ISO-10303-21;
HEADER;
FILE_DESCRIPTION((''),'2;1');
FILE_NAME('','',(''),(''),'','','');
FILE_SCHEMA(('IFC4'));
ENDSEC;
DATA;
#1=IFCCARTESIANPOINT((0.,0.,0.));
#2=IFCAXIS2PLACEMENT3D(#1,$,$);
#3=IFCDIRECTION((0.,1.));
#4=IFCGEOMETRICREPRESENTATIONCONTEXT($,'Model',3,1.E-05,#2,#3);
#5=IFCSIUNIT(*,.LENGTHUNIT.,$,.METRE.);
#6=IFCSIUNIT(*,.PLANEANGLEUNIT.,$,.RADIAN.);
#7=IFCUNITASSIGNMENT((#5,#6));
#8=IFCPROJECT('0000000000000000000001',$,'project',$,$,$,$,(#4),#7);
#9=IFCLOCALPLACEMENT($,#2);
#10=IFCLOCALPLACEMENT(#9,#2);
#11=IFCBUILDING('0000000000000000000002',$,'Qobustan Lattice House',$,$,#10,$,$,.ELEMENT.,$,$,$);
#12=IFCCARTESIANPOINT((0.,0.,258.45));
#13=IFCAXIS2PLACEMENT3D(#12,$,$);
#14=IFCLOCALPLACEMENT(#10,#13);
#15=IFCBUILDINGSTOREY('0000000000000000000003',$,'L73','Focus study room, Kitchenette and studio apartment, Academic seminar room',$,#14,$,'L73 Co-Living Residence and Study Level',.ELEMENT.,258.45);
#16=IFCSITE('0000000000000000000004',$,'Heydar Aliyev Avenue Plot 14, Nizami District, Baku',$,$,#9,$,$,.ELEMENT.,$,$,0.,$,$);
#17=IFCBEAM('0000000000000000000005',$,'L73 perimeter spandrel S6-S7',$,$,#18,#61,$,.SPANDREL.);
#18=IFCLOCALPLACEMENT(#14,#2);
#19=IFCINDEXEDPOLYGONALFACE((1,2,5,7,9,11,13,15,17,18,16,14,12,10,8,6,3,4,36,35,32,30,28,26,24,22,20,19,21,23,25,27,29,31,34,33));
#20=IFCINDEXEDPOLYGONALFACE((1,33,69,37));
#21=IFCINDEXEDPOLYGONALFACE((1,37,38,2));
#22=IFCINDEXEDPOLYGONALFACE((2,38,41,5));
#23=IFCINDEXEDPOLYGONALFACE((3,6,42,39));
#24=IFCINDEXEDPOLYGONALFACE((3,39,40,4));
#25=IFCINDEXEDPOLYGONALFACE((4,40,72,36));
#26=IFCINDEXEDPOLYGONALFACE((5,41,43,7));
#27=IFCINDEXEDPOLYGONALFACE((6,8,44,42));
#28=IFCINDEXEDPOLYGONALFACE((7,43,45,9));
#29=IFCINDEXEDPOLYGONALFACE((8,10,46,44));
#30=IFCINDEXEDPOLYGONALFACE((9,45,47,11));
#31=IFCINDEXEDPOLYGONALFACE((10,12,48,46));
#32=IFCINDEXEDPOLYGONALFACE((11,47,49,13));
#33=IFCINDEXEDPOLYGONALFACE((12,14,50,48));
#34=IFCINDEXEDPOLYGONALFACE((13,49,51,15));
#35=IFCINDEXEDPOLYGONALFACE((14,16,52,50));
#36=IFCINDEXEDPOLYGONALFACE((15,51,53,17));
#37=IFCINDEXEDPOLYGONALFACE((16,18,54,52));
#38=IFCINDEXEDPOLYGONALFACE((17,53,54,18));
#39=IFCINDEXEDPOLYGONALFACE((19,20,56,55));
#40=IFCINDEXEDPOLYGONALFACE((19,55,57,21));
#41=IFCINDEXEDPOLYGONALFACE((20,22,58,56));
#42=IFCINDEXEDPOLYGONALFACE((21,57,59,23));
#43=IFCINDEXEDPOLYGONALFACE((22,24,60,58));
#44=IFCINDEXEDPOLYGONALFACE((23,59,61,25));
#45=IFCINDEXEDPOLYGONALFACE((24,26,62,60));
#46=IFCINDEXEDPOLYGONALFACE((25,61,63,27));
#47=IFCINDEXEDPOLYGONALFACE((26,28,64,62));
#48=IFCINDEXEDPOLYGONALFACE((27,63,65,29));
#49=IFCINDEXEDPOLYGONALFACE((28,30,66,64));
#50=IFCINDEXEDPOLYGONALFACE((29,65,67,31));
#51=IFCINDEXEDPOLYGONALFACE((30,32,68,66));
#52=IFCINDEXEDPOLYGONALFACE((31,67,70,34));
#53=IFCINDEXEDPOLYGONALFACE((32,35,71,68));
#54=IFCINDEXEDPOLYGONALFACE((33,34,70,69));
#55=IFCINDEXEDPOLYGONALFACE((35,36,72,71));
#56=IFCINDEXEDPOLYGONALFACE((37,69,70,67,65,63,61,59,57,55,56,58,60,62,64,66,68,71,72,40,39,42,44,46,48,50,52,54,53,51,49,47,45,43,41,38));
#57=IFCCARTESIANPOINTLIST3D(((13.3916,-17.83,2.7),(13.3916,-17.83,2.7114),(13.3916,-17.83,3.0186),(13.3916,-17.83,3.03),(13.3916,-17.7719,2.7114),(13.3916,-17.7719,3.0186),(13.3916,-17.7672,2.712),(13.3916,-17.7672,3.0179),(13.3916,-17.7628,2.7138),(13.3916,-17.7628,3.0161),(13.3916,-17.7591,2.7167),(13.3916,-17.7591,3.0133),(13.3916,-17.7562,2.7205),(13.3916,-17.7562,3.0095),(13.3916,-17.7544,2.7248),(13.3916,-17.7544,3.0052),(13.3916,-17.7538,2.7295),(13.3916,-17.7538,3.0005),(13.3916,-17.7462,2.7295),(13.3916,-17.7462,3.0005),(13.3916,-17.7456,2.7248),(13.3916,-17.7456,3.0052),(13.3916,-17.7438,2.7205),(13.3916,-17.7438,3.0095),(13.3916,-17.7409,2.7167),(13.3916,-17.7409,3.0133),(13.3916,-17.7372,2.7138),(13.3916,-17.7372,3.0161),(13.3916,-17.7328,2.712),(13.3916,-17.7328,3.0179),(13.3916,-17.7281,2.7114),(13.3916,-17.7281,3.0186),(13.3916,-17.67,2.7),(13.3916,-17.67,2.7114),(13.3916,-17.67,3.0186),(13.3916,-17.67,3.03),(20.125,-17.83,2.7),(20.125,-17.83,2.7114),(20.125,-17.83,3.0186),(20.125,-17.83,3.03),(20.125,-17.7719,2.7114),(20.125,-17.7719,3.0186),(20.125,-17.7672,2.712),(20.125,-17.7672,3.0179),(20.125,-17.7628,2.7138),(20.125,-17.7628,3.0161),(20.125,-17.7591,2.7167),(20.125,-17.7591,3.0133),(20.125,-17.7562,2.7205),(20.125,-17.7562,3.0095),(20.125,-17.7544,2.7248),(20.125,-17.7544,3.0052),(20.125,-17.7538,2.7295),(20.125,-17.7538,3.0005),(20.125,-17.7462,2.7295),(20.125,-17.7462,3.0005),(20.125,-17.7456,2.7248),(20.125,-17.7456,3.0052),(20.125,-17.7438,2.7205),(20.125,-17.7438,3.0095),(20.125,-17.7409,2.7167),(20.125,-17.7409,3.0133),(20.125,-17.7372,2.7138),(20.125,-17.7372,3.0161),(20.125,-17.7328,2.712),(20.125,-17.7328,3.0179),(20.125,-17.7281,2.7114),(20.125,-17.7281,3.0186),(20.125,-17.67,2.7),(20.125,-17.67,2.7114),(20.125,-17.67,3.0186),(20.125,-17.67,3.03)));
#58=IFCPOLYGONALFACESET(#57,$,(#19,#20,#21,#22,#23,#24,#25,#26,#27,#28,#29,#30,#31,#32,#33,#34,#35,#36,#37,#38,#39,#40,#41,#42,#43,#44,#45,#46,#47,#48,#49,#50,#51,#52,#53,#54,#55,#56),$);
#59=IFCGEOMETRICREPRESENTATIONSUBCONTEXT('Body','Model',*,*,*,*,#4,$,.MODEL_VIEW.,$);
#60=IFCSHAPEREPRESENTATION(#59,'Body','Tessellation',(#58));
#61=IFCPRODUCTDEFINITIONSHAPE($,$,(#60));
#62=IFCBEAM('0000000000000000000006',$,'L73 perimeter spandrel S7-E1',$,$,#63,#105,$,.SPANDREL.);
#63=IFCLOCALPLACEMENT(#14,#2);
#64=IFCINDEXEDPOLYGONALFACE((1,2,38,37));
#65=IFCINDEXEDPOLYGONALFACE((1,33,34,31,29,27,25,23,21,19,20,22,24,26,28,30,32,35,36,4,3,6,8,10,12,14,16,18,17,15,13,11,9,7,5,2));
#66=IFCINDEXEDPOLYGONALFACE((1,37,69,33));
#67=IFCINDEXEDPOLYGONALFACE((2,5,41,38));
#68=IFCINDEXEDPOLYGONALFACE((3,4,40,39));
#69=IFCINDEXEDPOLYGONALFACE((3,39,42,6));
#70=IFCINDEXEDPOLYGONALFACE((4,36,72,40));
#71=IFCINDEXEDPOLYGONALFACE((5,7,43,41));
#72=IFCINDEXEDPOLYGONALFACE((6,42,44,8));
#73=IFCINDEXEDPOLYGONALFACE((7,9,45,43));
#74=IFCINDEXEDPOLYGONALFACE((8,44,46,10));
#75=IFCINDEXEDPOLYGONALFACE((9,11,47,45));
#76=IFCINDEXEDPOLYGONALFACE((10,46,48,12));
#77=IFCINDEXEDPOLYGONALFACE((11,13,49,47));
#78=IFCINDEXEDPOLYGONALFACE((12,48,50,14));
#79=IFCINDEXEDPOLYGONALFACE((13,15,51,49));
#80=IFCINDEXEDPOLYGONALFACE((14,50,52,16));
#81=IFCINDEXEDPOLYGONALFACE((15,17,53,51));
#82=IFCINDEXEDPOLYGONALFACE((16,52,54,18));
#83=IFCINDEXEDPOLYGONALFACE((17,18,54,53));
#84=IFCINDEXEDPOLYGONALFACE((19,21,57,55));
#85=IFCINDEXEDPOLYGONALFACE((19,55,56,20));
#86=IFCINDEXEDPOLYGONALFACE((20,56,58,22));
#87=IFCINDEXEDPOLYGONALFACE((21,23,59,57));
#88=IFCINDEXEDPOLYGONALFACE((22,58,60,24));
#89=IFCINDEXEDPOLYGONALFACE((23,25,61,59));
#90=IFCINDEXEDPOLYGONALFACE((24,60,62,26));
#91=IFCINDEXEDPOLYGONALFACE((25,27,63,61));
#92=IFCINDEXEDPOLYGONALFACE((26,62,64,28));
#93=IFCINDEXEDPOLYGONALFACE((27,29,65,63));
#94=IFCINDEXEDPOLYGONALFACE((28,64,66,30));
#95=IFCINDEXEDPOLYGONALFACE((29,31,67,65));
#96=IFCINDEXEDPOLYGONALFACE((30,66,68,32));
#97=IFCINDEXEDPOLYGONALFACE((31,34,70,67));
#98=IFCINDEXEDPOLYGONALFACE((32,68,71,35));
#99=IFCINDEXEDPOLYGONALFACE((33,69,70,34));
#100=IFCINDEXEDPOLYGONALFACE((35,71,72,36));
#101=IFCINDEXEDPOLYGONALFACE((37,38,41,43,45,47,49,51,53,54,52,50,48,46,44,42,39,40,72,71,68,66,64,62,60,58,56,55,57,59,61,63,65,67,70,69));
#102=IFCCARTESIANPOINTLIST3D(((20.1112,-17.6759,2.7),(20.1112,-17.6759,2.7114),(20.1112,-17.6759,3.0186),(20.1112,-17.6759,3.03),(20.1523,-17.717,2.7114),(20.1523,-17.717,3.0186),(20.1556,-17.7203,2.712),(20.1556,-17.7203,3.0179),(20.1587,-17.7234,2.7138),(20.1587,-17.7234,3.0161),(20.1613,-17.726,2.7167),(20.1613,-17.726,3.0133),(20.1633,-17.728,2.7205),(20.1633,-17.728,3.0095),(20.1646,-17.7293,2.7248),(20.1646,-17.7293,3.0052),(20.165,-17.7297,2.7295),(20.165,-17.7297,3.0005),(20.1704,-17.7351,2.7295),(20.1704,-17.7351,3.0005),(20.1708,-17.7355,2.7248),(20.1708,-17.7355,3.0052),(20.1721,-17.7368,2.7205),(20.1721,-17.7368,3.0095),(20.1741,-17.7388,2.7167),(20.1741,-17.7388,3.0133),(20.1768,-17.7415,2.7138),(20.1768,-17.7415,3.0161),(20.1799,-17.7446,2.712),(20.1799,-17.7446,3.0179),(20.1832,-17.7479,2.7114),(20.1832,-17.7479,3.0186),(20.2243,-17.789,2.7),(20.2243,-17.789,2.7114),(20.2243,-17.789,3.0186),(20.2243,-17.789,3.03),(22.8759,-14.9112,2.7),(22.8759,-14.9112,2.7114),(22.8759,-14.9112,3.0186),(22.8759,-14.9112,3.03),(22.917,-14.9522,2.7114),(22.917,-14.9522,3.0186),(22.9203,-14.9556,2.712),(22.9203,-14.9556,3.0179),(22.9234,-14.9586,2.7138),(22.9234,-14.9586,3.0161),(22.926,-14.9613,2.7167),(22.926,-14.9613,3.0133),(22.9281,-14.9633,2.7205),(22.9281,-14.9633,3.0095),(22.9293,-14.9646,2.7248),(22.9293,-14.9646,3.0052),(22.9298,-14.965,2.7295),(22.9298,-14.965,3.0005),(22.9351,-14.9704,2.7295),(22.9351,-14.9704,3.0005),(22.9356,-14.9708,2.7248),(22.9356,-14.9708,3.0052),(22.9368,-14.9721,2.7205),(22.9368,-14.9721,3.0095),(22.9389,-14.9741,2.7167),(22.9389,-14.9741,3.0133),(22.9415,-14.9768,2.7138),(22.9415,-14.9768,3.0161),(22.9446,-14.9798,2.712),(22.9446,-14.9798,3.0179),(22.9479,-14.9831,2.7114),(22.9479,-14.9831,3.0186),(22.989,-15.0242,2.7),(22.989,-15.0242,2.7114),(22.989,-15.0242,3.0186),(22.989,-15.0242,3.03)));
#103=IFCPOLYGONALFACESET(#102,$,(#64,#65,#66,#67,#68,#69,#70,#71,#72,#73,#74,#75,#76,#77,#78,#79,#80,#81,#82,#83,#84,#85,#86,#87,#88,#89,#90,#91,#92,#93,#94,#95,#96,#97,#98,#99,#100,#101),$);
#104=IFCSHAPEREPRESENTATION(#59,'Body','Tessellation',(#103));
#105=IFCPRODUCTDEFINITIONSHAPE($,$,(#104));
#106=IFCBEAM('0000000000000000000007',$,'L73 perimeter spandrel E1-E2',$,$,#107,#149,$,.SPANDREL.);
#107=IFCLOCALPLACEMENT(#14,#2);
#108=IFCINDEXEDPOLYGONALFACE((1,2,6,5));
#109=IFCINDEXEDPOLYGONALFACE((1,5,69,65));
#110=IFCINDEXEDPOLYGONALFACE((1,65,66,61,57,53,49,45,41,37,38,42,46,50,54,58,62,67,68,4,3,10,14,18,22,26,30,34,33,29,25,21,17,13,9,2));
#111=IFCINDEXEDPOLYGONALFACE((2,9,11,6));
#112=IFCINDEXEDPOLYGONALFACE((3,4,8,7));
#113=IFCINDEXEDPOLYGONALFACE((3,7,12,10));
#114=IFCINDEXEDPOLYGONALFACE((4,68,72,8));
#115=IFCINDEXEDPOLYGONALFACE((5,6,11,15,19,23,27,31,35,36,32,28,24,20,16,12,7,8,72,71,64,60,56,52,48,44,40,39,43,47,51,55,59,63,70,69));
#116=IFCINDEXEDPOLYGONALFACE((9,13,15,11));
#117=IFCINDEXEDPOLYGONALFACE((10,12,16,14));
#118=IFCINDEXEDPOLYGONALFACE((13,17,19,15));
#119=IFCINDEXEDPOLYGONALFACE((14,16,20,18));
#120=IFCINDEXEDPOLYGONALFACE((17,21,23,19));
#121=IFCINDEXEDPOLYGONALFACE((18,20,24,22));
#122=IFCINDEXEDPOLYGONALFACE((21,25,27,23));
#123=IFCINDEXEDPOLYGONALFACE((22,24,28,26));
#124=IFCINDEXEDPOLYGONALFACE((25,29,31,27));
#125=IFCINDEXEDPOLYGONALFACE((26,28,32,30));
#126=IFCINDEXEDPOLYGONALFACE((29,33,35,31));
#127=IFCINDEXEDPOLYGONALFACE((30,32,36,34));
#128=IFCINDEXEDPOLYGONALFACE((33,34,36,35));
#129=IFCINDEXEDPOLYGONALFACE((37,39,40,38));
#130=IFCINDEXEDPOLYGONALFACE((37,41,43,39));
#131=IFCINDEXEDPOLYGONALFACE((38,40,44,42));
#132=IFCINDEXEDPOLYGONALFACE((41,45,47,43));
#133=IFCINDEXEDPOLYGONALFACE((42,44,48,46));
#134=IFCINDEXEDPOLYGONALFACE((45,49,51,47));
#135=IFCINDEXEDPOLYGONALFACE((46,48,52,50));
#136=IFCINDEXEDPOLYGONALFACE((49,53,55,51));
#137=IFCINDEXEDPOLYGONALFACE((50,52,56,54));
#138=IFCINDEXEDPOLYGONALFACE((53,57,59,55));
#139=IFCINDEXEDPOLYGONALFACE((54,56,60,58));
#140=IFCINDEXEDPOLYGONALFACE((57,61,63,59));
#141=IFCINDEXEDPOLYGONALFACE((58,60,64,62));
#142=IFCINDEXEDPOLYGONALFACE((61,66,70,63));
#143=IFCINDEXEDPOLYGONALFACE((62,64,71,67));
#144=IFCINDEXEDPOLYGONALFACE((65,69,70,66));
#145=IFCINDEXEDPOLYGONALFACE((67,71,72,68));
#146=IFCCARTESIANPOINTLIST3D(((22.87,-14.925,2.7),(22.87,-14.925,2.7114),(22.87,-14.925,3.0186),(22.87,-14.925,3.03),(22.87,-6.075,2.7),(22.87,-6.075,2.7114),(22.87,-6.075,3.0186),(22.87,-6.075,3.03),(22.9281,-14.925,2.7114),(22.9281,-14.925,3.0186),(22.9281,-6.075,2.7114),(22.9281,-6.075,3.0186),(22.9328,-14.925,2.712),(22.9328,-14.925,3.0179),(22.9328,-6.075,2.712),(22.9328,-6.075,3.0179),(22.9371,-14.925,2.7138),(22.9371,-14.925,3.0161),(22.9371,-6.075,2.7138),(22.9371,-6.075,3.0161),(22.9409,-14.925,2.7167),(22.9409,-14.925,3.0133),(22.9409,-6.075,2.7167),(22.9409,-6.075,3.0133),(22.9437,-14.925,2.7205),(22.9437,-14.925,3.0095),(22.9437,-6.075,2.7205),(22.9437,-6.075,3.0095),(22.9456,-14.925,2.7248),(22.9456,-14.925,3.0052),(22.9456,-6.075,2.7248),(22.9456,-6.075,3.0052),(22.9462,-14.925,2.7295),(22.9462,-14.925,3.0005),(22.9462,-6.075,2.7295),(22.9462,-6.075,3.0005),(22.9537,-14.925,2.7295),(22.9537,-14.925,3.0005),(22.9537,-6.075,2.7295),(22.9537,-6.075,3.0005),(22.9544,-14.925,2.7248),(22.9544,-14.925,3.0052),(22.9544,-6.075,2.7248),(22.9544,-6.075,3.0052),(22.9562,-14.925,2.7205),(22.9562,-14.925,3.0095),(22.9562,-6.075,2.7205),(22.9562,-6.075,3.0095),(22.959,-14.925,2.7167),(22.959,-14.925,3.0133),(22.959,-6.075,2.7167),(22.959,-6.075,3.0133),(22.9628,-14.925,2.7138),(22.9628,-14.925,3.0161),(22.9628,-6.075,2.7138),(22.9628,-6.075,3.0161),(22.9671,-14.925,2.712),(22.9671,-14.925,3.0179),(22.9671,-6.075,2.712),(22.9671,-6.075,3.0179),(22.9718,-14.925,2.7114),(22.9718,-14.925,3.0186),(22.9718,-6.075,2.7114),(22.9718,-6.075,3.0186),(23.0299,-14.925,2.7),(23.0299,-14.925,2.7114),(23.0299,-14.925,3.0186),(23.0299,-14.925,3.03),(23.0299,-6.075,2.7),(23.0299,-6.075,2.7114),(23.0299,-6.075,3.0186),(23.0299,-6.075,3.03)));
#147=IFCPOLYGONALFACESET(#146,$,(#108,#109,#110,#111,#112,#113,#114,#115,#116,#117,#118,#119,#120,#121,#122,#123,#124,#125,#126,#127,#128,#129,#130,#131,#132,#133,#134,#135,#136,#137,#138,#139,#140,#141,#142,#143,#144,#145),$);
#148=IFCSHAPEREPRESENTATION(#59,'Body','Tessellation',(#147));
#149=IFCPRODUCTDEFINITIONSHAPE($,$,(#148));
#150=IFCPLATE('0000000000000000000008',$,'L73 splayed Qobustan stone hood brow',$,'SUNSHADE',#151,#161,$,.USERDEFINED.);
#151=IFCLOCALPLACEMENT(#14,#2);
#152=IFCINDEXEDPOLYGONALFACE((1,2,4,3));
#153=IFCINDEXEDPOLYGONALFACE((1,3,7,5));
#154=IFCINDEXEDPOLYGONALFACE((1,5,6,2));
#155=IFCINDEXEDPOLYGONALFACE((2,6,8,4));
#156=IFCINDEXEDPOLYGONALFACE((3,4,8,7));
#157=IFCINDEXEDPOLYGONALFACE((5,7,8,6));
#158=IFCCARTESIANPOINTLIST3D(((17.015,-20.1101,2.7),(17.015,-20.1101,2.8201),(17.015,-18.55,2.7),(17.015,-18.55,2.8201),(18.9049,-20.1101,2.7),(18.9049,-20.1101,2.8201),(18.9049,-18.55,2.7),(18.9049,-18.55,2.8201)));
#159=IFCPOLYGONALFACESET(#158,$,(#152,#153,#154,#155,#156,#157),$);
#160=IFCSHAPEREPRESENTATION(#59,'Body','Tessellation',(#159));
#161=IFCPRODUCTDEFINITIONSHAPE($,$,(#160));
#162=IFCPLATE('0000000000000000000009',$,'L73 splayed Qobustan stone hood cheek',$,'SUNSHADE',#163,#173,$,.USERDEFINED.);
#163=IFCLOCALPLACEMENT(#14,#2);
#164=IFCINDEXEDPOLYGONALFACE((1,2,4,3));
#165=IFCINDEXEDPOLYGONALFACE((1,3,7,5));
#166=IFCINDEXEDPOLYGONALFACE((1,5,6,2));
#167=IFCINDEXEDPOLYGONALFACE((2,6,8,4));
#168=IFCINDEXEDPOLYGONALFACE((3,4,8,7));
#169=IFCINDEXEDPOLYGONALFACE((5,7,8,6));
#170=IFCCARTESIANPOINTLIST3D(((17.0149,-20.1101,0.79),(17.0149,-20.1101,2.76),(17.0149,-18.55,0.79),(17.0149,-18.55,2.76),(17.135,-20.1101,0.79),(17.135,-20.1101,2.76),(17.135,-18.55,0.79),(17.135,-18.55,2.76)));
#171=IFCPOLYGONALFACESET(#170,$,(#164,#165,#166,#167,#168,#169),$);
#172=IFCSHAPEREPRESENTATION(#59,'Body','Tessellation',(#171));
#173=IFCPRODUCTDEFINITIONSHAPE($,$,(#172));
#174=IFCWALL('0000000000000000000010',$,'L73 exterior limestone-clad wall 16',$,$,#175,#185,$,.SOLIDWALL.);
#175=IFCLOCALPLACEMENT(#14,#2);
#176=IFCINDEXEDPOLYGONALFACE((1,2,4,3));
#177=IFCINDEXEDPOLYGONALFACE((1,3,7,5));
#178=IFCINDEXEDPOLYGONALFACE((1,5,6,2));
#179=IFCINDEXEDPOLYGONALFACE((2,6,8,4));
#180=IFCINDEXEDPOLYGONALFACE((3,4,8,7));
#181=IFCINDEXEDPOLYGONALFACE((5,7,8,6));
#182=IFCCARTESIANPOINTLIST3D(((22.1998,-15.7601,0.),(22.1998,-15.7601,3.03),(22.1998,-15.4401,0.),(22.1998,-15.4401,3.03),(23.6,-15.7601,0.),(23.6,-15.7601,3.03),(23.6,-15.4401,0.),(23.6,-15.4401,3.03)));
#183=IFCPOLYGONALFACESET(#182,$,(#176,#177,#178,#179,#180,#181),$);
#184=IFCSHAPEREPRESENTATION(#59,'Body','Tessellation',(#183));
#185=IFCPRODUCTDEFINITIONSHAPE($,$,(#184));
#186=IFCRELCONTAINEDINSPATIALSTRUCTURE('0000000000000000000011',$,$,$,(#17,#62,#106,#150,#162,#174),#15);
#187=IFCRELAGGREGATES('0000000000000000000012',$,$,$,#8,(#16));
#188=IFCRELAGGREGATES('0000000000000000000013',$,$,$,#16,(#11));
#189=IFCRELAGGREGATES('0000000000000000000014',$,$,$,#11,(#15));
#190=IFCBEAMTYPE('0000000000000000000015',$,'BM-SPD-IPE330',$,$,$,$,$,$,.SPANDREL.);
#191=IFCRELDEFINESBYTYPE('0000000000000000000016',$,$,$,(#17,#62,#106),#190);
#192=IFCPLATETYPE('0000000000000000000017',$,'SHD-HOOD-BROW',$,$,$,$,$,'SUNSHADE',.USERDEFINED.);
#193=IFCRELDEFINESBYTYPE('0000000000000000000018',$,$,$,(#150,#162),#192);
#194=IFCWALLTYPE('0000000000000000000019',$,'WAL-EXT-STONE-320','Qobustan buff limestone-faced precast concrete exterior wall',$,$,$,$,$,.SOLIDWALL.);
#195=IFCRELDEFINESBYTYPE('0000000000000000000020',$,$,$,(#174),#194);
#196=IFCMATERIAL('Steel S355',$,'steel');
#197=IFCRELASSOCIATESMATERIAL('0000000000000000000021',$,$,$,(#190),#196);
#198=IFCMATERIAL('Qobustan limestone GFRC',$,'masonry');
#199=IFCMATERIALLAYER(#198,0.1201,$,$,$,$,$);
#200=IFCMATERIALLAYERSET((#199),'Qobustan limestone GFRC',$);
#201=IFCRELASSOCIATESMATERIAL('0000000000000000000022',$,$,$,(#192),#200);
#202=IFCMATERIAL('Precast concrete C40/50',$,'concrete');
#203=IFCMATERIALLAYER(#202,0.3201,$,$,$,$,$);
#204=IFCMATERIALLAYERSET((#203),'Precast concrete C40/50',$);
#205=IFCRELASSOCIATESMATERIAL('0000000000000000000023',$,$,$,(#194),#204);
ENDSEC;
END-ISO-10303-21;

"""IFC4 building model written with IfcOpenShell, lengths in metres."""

from ifc_helpers import new_model, si_unit, direction, frame, frame_2d, origin, origin_2d, place, context, subcontext, project, spatial, rectangle, i_section, extrude, material, layer, layer_set, material_profile, profile_set, type_object, element, save


model = new_model("IFC4")

# Units and contexts
model_context = context("Model", 3, precision=1e-05, world=origin(), true_north=direction((0.0, 1.0)))
body_context = subcontext(model_context, "Body", "Model", "MODEL_VIEW")
ifc_project = project(units=[si_unit("LENGTHUNIT", "METRE"), si_unit("PLANEANGLEUNIT", "RADIAN")], contexts=[model_context])

# Site, building, storey
site_placement = place(None, origin())
site = spatial("IfcSite", under=ifc_project, at=site_placement, Name="Heydar Aliyev Avenue Plot 14, Nizami District, Baku", CompositionType="ELEMENT", RefElevation=0.0)
building_placement = place(site_placement, origin())
building = spatial("IfcBuilding", under=site, at=building_placement, Name="Qobustan Lattice House", CompositionType="ELEMENT")
storey_placement = place(building_placement, frame((0.0, 0.0, 258.45)))
storey = spatial("IfcBuildingStorey", under=building, at=storey_placement, Name="L73", Description="Focus study room, Kitchenette and studio apartment, Academic seminar room", LongName="L73 Co-Living Residence and Study Level", CompositionType="ELEMENT", Elevation=258.45)

# Beams
ifc_material_1 = material(Name="Steel S355", Category="steel")
ifc_material_profile_1 = material_profile(ifc_material_1, i_section(OverallWidth=0.1599, OverallDepth=0.3301, WebThickness=0.0076, FlangeThickness=0.0115, FilletRadius=0.0181, at=origin_2d()), Name="IPE330")
ifc_profile_set_1 = profile_set([ifc_material_profile_1], Name="Steel S355")
beam_type_1 = type_object("IfcBeamType", Name="BM-SPD-IPE330", PredefinedType="SPANDREL", material=ifc_profile_set_1)
beam_1_placement = place(storey_placement, frame((13.3916, -17.75, 2.865), z_axis=(1.0, 0.0, 0.0), x_axis=(0.0, 1.0, 0.0)))
element("IfcBeam", 1, at=beam_1_placement, inside=storey, type_object=beam_type_1, Name="L73 perimeter spandrel S6-S7", PredefinedType="SPANDREL", context=body_context, shape_type="SweptSolid", body=[
    extrude(i_section(OverallWidth=0.1599, OverallDepth=0.3301, WebThickness=0.0076, FlangeThickness=0.0115, FilletRadius=0.0181, at=origin_2d()), origin(), (0.0, 0.0, 1.0), 6.7334),
])
beam_2_placement = place(storey_placement, frame((20.1677, -17.7324, 2.865), z_axis=(0.707107, 0.707107, 0.0), x_axis=(-0.707107, 0.707107, 0.0)))
element("IfcBeam", 2, at=beam_2_placement, inside=storey, type_object=beam_type_1, Name="L73 perimeter spandrel S7-E1", PredefinedType="SPANDREL", context=body_context, shape_type="SweptSolid", body=[
    extrude(i_section(OverallWidth=0.1599, OverallDepth=0.3301, WebThickness=0.0076, FlangeThickness=0.0115, FilletRadius=0.0181, at=origin_2d()), origin(), (0.0, 0.0, 1.0), 3.9099),
])
beam_3_placement = place(storey_placement, frame((22.95, -14.925, 2.865), z_axis=(0.0, 1.0, 0.0), x_axis=(-1.0, 0.0, 0.0)))
element("IfcBeam", 3, at=beam_3_placement, inside=storey, type_object=beam_type_1, Name="L73 perimeter spandrel E1-E2", PredefinedType="SPANDREL", context=body_context, shape_type="SweptSolid", body=[
    extrude(i_section(OverallWidth=0.1599, OverallDepth=0.3301, WebThickness=0.0076, FlangeThickness=0.0115, FilletRadius=0.0181, at=origin_2d()), origin(), (0.0, 0.0, 1.0), 8.8501),
])

# Plates
ifc_material_2 = material(Name="Qobustan limestone GFRC", Category="masonry")
ifc_layer_1 = layer(ifc_material_2, 0.1201)
ifc_layer_set_1 = layer_set([ifc_layer_1], Name="Qobustan limestone GFRC")
plate_type = type_object("IfcPlateType", Name="SHD-HOOD-BROW", ElementType="SUNSHADE", PredefinedType="USERDEFINED", material=ifc_layer_set_1)
plate_1_placement = place(storey_placement, frame((17.96, -19.3301, 2.7), z_axis=(0.0, 0.0, 1.0), x_axis=(-1.0, 0.0, 0.0)))
element("IfcPlate", 4, at=plate_1_placement, inside=storey, type_object=plate_type, Name="L73 splayed Qobustan stone hood brow", ObjectType="SUNSHADE", PredefinedType="USERDEFINED", context=body_context, shape_type="SweptSolid", body=[
    extrude(rectangle(XDim=1.8899, YDim=1.5601, at=origin_2d()), origin(), (0.0, 0.0, 1.0), 0.1201),
])
plate_2_placement = place(storey_placement, frame((17.075, -19.3301, 0.79), z_axis=(0.0, 0.0, 1.0), x_axis=(-1.0, 0.0, 0.0)))
element("IfcPlate", 5, at=plate_2_placement, inside=storey, type_object=plate_type, Name="L73 splayed Qobustan stone hood cheek", ObjectType="SUNSHADE", PredefinedType="USERDEFINED", context=body_context, shape_type="SweptSolid", body=[
    extrude(rectangle(XDim=0.1201, YDim=1.5601, at=origin_2d()), origin(), (0.0, 0.0, 1.0), 1.97),
])

# Wall
ifc_material_3 = material(Name="Precast concrete C40/50", Category="concrete")
ifc_layer_2 = layer(ifc_material_3, 0.3201)
ifc_layer_set_2 = layer_set([ifc_layer_2], Name="Precast concrete C40/50")
wall_type = type_object("IfcWallType", Name="WAL-EXT-STONE-320", Description="Qobustan buff limestone-faced precast concrete exterior wall", PredefinedType="SOLIDWALL", material=ifc_layer_set_2)
wall_1_placement = place(storey_placement, frame((23.6001, -15.6001, 0.0), z_axis=(0.0, 0.0, 1.0), x_axis=(-1.0, 0.0, 0.0)))
element("IfcWall", 6, at=wall_1_placement, inside=storey, type_object=wall_type, Name="L73 exterior limestone-clad wall 16", PredefinedType="SOLIDWALL", context=body_context, shape_type="SweptSolid", body=[
    extrude(rectangle(XDim=1.4001, YDim=0.3201, at=frame_2d((0.7002, 0.0))), origin(), (0.0, 0.0, 1.0), 3.03),
])

save(model, "model.ifc")
